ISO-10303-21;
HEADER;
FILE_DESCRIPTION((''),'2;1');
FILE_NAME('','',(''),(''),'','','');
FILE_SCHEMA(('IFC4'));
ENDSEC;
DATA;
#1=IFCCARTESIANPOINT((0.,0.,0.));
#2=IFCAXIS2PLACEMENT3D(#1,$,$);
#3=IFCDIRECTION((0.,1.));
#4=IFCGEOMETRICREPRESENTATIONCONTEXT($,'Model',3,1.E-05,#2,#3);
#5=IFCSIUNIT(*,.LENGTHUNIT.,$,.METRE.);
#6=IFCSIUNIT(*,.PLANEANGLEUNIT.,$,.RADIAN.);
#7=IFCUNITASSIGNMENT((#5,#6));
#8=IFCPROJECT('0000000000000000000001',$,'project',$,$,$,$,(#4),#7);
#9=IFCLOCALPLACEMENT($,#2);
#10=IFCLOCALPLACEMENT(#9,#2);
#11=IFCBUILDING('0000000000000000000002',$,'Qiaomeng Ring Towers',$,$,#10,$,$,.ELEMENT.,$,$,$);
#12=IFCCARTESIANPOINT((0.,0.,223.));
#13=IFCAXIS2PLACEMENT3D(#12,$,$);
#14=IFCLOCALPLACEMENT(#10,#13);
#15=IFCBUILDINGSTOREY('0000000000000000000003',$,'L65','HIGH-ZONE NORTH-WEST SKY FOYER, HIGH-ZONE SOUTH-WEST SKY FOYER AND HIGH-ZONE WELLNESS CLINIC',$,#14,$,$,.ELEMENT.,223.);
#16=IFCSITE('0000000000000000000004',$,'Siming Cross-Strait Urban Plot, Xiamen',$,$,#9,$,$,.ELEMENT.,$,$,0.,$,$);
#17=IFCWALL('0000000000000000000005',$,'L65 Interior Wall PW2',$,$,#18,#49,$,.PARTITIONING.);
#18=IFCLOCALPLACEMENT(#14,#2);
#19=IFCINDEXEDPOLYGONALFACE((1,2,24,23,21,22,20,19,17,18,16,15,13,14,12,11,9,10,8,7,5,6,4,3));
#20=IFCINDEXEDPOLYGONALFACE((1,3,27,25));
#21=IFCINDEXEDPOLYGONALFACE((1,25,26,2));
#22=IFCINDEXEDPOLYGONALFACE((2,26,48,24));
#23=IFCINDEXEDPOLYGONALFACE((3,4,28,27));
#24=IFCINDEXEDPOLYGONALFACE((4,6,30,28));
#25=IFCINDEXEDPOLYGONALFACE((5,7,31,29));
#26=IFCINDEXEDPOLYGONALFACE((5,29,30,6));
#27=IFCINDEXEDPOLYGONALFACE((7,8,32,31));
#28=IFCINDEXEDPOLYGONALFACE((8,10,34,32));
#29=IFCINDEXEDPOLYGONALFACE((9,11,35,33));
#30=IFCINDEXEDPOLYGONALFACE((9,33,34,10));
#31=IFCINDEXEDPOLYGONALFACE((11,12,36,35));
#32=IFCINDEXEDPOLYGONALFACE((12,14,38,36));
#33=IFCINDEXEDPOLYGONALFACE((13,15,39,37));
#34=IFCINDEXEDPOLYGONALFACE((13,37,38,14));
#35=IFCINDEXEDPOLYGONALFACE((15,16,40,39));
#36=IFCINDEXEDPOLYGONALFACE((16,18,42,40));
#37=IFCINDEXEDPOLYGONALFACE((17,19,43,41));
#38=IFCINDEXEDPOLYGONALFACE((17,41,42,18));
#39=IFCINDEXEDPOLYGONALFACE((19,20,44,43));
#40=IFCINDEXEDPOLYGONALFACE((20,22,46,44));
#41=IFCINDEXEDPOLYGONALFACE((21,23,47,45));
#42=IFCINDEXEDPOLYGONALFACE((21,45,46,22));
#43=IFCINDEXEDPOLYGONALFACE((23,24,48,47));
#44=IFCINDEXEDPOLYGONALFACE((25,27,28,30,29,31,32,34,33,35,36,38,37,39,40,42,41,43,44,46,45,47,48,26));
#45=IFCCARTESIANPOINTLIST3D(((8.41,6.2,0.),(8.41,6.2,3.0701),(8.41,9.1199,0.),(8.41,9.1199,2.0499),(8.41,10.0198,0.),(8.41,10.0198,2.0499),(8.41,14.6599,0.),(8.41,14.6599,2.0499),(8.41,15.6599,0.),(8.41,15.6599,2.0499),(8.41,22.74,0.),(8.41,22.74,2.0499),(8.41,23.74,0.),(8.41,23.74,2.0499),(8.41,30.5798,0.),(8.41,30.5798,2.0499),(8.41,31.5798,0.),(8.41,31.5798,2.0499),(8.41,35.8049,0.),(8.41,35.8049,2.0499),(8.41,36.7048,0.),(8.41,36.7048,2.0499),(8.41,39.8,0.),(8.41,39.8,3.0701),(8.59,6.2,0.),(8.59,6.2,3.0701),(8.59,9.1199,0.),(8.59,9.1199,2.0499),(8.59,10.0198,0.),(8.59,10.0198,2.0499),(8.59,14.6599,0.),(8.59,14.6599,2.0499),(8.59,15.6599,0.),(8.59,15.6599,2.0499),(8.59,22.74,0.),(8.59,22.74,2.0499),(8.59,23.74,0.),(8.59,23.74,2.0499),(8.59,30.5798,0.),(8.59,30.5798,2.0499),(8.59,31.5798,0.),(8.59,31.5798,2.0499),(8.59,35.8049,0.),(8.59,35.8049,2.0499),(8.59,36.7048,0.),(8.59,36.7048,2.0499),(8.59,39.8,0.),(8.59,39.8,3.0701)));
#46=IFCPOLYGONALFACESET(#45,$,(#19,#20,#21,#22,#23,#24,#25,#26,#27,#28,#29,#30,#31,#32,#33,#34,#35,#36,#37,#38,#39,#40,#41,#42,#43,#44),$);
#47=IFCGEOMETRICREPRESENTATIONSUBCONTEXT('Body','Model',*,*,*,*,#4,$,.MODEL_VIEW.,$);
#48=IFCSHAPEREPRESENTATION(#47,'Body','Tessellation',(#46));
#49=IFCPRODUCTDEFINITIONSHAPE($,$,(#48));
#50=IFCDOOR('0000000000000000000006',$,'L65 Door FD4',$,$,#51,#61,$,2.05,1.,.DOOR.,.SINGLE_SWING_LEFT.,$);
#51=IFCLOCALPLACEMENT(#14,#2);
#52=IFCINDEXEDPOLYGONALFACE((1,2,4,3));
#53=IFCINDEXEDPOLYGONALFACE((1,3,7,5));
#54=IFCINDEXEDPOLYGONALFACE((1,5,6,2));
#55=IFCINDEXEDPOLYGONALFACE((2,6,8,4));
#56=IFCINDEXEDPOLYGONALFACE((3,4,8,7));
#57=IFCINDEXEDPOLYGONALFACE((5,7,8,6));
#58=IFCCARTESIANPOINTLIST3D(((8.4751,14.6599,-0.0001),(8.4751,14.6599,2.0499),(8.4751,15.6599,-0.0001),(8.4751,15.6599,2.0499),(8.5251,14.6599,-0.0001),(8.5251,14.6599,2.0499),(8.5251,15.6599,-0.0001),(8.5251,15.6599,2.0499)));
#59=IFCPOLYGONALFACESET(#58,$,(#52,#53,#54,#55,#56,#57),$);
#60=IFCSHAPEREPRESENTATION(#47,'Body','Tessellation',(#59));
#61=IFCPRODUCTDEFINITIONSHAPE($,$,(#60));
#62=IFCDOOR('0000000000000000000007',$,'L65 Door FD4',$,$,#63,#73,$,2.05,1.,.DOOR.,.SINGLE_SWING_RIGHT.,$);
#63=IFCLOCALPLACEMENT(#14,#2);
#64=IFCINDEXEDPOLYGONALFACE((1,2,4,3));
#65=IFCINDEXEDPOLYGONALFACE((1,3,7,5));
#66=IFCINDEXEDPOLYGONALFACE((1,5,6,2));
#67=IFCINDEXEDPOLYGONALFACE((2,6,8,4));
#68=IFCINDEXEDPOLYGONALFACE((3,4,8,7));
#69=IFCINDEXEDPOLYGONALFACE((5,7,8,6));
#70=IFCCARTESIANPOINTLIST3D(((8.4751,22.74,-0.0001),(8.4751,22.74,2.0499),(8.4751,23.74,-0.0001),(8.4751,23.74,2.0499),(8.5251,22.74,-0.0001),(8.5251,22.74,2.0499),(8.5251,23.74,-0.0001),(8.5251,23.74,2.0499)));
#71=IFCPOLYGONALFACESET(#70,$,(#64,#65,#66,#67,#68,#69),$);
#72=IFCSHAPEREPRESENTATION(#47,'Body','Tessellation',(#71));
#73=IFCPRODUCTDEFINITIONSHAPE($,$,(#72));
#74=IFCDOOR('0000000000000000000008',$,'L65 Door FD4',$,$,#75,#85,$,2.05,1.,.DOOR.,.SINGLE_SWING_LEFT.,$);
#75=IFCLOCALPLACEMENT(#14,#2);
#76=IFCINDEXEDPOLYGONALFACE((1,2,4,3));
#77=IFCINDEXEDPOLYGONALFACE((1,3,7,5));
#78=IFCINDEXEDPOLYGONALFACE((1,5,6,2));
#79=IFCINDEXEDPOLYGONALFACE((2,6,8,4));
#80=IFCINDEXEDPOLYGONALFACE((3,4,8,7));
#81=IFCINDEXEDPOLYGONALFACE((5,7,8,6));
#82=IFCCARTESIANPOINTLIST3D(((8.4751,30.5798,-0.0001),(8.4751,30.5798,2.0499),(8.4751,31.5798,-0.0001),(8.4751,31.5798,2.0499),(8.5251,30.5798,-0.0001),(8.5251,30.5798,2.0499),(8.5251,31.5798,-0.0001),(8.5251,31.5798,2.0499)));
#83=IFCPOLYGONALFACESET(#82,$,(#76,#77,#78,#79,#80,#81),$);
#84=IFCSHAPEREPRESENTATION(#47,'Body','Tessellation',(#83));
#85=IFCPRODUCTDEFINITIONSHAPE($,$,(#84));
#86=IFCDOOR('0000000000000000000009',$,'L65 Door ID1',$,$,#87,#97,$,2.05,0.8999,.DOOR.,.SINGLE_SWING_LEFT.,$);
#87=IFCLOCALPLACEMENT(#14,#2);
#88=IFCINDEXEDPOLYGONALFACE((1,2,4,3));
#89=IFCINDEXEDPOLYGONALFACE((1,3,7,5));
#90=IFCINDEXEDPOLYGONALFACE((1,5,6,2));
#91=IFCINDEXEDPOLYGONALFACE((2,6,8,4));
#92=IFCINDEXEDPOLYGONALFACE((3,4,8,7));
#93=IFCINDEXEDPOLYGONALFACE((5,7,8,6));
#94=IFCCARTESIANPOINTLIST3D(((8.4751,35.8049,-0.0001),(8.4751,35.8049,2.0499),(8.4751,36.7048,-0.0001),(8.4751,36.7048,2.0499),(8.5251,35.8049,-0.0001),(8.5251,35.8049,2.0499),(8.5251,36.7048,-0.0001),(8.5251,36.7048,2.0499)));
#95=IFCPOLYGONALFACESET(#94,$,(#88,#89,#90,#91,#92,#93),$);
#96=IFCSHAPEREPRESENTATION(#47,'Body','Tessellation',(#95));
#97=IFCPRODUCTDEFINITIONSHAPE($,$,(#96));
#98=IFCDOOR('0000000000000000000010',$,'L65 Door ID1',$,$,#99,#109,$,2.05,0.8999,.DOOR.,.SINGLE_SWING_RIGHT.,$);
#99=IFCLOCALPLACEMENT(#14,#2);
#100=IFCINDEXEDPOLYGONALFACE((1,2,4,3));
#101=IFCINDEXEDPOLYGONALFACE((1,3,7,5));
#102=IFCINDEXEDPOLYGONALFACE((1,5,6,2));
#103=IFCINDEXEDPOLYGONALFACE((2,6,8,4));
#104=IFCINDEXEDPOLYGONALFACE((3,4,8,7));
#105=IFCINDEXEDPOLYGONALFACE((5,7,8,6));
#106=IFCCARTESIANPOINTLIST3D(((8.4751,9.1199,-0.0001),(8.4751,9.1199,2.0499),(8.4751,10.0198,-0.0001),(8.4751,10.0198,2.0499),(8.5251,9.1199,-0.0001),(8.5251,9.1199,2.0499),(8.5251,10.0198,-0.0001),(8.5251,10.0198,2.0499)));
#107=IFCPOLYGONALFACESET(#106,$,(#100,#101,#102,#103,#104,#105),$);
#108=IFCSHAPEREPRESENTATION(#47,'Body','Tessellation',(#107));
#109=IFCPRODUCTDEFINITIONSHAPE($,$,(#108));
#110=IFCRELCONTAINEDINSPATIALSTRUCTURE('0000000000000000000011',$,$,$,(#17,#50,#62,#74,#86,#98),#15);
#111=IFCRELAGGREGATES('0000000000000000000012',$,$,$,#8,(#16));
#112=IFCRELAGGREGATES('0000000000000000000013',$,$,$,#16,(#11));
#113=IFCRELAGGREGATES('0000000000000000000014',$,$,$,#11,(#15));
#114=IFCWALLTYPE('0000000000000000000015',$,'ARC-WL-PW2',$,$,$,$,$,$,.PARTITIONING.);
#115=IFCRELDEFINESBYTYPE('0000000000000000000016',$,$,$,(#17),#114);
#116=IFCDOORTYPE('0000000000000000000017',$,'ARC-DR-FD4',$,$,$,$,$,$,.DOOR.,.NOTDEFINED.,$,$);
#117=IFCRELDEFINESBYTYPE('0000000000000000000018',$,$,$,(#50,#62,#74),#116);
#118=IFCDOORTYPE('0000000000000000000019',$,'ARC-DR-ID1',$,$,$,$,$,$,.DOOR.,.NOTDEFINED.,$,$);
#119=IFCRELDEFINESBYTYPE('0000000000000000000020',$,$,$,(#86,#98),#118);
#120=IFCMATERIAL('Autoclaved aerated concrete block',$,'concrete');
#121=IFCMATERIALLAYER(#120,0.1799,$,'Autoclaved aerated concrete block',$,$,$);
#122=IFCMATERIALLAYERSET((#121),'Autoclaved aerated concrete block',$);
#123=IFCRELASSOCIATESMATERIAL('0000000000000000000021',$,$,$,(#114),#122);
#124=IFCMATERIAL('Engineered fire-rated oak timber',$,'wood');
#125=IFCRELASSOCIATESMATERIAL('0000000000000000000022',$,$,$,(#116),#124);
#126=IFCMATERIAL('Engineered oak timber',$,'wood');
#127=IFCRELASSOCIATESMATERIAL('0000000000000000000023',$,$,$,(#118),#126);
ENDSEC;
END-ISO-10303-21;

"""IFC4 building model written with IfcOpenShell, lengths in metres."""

from ifc_helpers import new_model, si_unit, direction, frame, frame_2d, origin, place, context, subcontext, project, spatial, rectangle, extrude, source, transform, mapped, material, layer, layer_set, type_object, element, fill, save


model = new_model("IFC4")

# Units and contexts
model_context = context("Model", 3, precision=1e-05, world=origin(), true_north=direction((0.0, 1.0)))
body_context = subcontext(model_context, "Body", "Model", "MODEL_VIEW")
ifc_project = project(units=[si_unit("LENGTHUNIT", "METRE"), si_unit("PLANEANGLEUNIT", "RADIAN")], contexts=[model_context])

# Site, building, storey
site_placement = place(None, origin())
site = spatial("IfcSite", under=ifc_project, at=site_placement, Name="Siming Cross-Strait Urban Plot, Xiamen", CompositionType="ELEMENT", RefElevation=0.0)
building_placement = place(site_placement, origin())
building = spatial("IfcBuilding", under=site, at=building_placement, Name="Qiaomeng Ring Towers", CompositionType="ELEMENT")
storey_placement = place(building_placement, frame((0.0, 0.0, 223.0)))
storey = spatial("IfcBuildingStorey", under=building, at=storey_placement, Name="L65", Description="HIGH-ZONE NORTH-WEST SKY FOYER, HIGH-ZONE SOUTH-WEST SKY FOYER AND HIGH-ZONE WELLNESS CLINIC", CompositionType="ELEMENT", Elevation=223.0)

# Wall, openings, doors
ifc_material_1 = material(Name="Autoclaved aerated concrete block", Category="concrete")
ifc_layer_1 = layer(ifc_material_1, 0.1799, Name="Autoclaved aerated concrete block")
ifc_layer_set_1 = layer_set([ifc_layer_1], Name="Autoclaved aerated concrete block")
wall_type_1 = type_object("IfcWallType", Name="ARC-WL-PW2", PredefinedType="PARTITIONING", material=ifc_layer_set_1)
wall_1_placement = place(storey_placement, frame((8.5, 6.2, 0.0), z_axis=(0.0, 0.0, 1.0), x_axis=(0.0, 1.0, 0.0)))
wall_1 = element("IfcWall", 1, at=wall_1_placement, inside=storey, type_object=wall_type_1, Name="L65 Interior Wall PW2", PredefinedType="PARTITIONING", context=body_context, shape_type="SweptSolid", body=[
    extrude(rectangle(XDim=33.6001, YDim=0.1799, at=frame_2d((16.8, 0.0))), origin(), (0.0, 0.0, 1.0), 3.0701),
])
opening_1_placement = place(wall_1_placement, frame((29.605, 0.0, 0.0)))
opening_1 = element("IfcOpeningElement", 2, at=opening_1_placement, cuts=wall_1, PredefinedType="OPENING", context=body_context, shape_type="SweptSolid", body=[
    extrude(rectangle(XDim=0.8999, YDim=2.05, at=frame_2d((0.45, 1.0249))), frame((0.0, 0.0999, 0.0), z_axis=(0.0, -1.0, 0.0), x_axis=(1.0, 0.0, 0.0)), (0.0, 0.0, 1.0), 0.2),
])
opening_2_placement = place(wall_1_placement, frame((2.9199, 0.0, 0.0)))
opening_2 = element("IfcOpeningElement", 3, at=opening_2_placement, cuts=wall_1, PredefinedType="OPENING", context=body_context, shape_type="SweptSolid", body=[
    extrude(rectangle(XDim=0.8999, YDim=2.05, at=frame_2d((0.45, 1.0249))), frame((0.0, 0.0999, 0.0), z_axis=(0.0, -1.0, 0.0), x_axis=(1.0, 0.0, 0.0)), (0.0, 0.0, 1.0), 0.2),
])
opening_3_placement = place(wall_1_placement, frame((8.46, 0.0, 0.0)))
opening_3 = element("IfcOpeningElement", 4, at=opening_3_placement, cuts=wall_1, PredefinedType="OPENING", context=body_context, shape_type="SweptSolid", body=[
    extrude(rectangle(XDim=1.0, YDim=2.05, at=frame_2d((0.5, 1.0249))), frame((0.0, 0.0999, 0.0), z_axis=(0.0, -1.0, 0.0), x_axis=(1.0, 0.0, 0.0)), (0.0, 0.0, 1.0), 0.2),
])
opening_4_placement = place(wall_1_placement, frame((16.54, 0.0, 0.0)))
opening_4 = element("IfcOpeningElement", 5, at=opening_4_placement, cuts=wall_1, PredefinedType="OPENING", context=body_context, shape_type="SweptSolid", body=[
    extrude(rectangle(XDim=1.0, YDim=2.05, at=frame_2d((0.5, 1.0249))), frame((0.0, 0.0999, 0.0), z_axis=(0.0, -1.0, 0.0), x_axis=(1.0, 0.0, 0.0)), (0.0, 0.0, 1.0), 0.2),
])
opening_5_placement = place(wall_1_placement, frame((24.3799, 0.0, 0.0)))
opening_5 = element("IfcOpeningElement", 6, at=opening_5_placement, cuts=wall_1, PredefinedType="OPENING", context=body_context, shape_type="SweptSolid", body=[
    extrude(rectangle(XDim=1.0, YDim=2.05, at=frame_2d((0.5, 1.0249))), frame((0.0, 0.0999, 0.0), z_axis=(0.0, -1.0, 0.0), x_axis=(1.0, 0.0, 0.0)), (0.0, 0.0, 1.0), 0.2),
])
ifc_material_2 = material(Name="Engineered fire-rated oak timber", Category="wood")
door_type_1 = type_object("IfcDoorType", Name="ARC-DR-FD4", OperationType="NOTDEFINED", PredefinedType="DOOR", material=ifc_material_2)
shared_shape_1 = source(origin(), body_context, "Body", "SweptSolid", [
    extrude(rectangle(XDim=1.0, YDim=2.05, at=frame_2d((0.5, 1.0249))), frame((0.0, 0.0249, 0.0), z_axis=(0.0, -1.0, 0.0), x_axis=(1.0, 0.0, 0.0)), (0.0, 0.0, 1.0), 0.05),
])
door_1_placement = place(opening_3_placement, origin())
door_1 = element("IfcDoor", 7, at=door_1_placement, inside=storey, type_object=door_type_1, Name="L65 Door FD4", OperationType="SINGLE_SWING_LEFT", OverallHeight=2.05, OverallWidth=1.0, PredefinedType="DOOR", context=body_context, shape_type="MappedRepresentation", body=[
    mapped(shared_shape_1, transform((0.0, 0.0, 0.0), x_axis=(1.0, 0.0, 0.0), y_axis=(0.0, 1.0, 0.0), z_axis=(0.0, 0.0, 1.0), scale=1.0)),
])
fill(opening_3, door_1)
door_2_placement = place(opening_4_placement, origin())
door_2 = element("IfcDoor", 8, at=door_2_placement, inside=storey, type_object=door_type_1, Name="L65 Door FD4", OperationType="SINGLE_SWING_RIGHT", OverallHeight=2.05, OverallWidth=1.0, PredefinedType="DOOR", context=body_context, shape_type="MappedRepresentation", body=[
    mapped(shared_shape_1, transform((0.0, 0.0, 0.0), x_axis=(1.0, 0.0, 0.0), y_axis=(0.0, 1.0, 0.0), z_axis=(0.0, 0.0, 1.0), scale=1.0)),
])
fill(opening_4, door_2)
door_3_placement = place(opening_5_placement, origin())
door_3 = element("IfcDoor", 9, at=door_3_placement, inside=storey, type_object=door_type_1, Name="L65 Door FD4", OperationType="SINGLE_SWING_LEFT", OverallHeight=2.05, OverallWidth=1.0, PredefinedType="DOOR", context=body_context, shape_type="MappedRepresentation", body=[
    mapped(shared_shape_1, transform((0.0, 0.0, 0.0), x_axis=(1.0, 0.0, 0.0), y_axis=(0.0, 1.0, 0.0), z_axis=(0.0, 0.0, 1.0), scale=1.0)),
])
fill(opening_5, door_3)
ifc_material_3 = material(Name="Engineered oak timber", Category="wood")
door_type_2 = type_object("IfcDoorType", Name="ARC-DR-ID1", OperationType="NOTDEFINED", PredefinedType="DOOR", material=ifc_material_3)
shared_shape_2 = source(origin(), body_context, "Body", "SweptSolid", [
    extrude(rectangle(XDim=0.8999, YDim=2.05, at=frame_2d((0.45, 1.0249))), frame((0.0, 0.0249, 0.0), z_axis=(0.0, -1.0, 0.0), x_axis=(1.0, 0.0, 0.0)), (0.0, 0.0, 1.0), 0.05),
])
door_4_placement = place(opening_1_placement, origin())
door_4 = element("IfcDoor", 10, at=door_4_placement, inside=storey, type_object=door_type_2, Name="L65 Door ID1", OperationType="SINGLE_SWING_LEFT", OverallHeight=2.05, OverallWidth=0.8999, PredefinedType="DOOR", context=body_context, shape_type="MappedRepresentation", body=[
    mapped(shared_shape_2, transform((0.0, 0.0, 0.0), x_axis=(1.0, 0.0, 0.0), y_axis=(0.0, 1.0, 0.0), z_axis=(0.0, 0.0, 1.0), scale=1.0)),
])
fill(opening_1, door_4)
door_5_placement = place(opening_2_placement, origin())
door_5 = element("IfcDoor", 11, at=door_5_placement, inside=storey, type_object=door_type_2, Name="L65 Door ID1", OperationType="SINGLE_SWING_RIGHT", OverallHeight=2.05, OverallWidth=0.8999, PredefinedType="DOOR", context=body_context, shape_type="MappedRepresentation", body=[
    mapped(shared_shape_2, transform((0.0, 0.0, 0.0), x_axis=(1.0, 0.0, 0.0), y_axis=(0.0, 1.0, 0.0), z_axis=(0.0, 0.0, 1.0), scale=1.0)),
])
fill(opening_2, door_5)

save(model, "model.ifc")
